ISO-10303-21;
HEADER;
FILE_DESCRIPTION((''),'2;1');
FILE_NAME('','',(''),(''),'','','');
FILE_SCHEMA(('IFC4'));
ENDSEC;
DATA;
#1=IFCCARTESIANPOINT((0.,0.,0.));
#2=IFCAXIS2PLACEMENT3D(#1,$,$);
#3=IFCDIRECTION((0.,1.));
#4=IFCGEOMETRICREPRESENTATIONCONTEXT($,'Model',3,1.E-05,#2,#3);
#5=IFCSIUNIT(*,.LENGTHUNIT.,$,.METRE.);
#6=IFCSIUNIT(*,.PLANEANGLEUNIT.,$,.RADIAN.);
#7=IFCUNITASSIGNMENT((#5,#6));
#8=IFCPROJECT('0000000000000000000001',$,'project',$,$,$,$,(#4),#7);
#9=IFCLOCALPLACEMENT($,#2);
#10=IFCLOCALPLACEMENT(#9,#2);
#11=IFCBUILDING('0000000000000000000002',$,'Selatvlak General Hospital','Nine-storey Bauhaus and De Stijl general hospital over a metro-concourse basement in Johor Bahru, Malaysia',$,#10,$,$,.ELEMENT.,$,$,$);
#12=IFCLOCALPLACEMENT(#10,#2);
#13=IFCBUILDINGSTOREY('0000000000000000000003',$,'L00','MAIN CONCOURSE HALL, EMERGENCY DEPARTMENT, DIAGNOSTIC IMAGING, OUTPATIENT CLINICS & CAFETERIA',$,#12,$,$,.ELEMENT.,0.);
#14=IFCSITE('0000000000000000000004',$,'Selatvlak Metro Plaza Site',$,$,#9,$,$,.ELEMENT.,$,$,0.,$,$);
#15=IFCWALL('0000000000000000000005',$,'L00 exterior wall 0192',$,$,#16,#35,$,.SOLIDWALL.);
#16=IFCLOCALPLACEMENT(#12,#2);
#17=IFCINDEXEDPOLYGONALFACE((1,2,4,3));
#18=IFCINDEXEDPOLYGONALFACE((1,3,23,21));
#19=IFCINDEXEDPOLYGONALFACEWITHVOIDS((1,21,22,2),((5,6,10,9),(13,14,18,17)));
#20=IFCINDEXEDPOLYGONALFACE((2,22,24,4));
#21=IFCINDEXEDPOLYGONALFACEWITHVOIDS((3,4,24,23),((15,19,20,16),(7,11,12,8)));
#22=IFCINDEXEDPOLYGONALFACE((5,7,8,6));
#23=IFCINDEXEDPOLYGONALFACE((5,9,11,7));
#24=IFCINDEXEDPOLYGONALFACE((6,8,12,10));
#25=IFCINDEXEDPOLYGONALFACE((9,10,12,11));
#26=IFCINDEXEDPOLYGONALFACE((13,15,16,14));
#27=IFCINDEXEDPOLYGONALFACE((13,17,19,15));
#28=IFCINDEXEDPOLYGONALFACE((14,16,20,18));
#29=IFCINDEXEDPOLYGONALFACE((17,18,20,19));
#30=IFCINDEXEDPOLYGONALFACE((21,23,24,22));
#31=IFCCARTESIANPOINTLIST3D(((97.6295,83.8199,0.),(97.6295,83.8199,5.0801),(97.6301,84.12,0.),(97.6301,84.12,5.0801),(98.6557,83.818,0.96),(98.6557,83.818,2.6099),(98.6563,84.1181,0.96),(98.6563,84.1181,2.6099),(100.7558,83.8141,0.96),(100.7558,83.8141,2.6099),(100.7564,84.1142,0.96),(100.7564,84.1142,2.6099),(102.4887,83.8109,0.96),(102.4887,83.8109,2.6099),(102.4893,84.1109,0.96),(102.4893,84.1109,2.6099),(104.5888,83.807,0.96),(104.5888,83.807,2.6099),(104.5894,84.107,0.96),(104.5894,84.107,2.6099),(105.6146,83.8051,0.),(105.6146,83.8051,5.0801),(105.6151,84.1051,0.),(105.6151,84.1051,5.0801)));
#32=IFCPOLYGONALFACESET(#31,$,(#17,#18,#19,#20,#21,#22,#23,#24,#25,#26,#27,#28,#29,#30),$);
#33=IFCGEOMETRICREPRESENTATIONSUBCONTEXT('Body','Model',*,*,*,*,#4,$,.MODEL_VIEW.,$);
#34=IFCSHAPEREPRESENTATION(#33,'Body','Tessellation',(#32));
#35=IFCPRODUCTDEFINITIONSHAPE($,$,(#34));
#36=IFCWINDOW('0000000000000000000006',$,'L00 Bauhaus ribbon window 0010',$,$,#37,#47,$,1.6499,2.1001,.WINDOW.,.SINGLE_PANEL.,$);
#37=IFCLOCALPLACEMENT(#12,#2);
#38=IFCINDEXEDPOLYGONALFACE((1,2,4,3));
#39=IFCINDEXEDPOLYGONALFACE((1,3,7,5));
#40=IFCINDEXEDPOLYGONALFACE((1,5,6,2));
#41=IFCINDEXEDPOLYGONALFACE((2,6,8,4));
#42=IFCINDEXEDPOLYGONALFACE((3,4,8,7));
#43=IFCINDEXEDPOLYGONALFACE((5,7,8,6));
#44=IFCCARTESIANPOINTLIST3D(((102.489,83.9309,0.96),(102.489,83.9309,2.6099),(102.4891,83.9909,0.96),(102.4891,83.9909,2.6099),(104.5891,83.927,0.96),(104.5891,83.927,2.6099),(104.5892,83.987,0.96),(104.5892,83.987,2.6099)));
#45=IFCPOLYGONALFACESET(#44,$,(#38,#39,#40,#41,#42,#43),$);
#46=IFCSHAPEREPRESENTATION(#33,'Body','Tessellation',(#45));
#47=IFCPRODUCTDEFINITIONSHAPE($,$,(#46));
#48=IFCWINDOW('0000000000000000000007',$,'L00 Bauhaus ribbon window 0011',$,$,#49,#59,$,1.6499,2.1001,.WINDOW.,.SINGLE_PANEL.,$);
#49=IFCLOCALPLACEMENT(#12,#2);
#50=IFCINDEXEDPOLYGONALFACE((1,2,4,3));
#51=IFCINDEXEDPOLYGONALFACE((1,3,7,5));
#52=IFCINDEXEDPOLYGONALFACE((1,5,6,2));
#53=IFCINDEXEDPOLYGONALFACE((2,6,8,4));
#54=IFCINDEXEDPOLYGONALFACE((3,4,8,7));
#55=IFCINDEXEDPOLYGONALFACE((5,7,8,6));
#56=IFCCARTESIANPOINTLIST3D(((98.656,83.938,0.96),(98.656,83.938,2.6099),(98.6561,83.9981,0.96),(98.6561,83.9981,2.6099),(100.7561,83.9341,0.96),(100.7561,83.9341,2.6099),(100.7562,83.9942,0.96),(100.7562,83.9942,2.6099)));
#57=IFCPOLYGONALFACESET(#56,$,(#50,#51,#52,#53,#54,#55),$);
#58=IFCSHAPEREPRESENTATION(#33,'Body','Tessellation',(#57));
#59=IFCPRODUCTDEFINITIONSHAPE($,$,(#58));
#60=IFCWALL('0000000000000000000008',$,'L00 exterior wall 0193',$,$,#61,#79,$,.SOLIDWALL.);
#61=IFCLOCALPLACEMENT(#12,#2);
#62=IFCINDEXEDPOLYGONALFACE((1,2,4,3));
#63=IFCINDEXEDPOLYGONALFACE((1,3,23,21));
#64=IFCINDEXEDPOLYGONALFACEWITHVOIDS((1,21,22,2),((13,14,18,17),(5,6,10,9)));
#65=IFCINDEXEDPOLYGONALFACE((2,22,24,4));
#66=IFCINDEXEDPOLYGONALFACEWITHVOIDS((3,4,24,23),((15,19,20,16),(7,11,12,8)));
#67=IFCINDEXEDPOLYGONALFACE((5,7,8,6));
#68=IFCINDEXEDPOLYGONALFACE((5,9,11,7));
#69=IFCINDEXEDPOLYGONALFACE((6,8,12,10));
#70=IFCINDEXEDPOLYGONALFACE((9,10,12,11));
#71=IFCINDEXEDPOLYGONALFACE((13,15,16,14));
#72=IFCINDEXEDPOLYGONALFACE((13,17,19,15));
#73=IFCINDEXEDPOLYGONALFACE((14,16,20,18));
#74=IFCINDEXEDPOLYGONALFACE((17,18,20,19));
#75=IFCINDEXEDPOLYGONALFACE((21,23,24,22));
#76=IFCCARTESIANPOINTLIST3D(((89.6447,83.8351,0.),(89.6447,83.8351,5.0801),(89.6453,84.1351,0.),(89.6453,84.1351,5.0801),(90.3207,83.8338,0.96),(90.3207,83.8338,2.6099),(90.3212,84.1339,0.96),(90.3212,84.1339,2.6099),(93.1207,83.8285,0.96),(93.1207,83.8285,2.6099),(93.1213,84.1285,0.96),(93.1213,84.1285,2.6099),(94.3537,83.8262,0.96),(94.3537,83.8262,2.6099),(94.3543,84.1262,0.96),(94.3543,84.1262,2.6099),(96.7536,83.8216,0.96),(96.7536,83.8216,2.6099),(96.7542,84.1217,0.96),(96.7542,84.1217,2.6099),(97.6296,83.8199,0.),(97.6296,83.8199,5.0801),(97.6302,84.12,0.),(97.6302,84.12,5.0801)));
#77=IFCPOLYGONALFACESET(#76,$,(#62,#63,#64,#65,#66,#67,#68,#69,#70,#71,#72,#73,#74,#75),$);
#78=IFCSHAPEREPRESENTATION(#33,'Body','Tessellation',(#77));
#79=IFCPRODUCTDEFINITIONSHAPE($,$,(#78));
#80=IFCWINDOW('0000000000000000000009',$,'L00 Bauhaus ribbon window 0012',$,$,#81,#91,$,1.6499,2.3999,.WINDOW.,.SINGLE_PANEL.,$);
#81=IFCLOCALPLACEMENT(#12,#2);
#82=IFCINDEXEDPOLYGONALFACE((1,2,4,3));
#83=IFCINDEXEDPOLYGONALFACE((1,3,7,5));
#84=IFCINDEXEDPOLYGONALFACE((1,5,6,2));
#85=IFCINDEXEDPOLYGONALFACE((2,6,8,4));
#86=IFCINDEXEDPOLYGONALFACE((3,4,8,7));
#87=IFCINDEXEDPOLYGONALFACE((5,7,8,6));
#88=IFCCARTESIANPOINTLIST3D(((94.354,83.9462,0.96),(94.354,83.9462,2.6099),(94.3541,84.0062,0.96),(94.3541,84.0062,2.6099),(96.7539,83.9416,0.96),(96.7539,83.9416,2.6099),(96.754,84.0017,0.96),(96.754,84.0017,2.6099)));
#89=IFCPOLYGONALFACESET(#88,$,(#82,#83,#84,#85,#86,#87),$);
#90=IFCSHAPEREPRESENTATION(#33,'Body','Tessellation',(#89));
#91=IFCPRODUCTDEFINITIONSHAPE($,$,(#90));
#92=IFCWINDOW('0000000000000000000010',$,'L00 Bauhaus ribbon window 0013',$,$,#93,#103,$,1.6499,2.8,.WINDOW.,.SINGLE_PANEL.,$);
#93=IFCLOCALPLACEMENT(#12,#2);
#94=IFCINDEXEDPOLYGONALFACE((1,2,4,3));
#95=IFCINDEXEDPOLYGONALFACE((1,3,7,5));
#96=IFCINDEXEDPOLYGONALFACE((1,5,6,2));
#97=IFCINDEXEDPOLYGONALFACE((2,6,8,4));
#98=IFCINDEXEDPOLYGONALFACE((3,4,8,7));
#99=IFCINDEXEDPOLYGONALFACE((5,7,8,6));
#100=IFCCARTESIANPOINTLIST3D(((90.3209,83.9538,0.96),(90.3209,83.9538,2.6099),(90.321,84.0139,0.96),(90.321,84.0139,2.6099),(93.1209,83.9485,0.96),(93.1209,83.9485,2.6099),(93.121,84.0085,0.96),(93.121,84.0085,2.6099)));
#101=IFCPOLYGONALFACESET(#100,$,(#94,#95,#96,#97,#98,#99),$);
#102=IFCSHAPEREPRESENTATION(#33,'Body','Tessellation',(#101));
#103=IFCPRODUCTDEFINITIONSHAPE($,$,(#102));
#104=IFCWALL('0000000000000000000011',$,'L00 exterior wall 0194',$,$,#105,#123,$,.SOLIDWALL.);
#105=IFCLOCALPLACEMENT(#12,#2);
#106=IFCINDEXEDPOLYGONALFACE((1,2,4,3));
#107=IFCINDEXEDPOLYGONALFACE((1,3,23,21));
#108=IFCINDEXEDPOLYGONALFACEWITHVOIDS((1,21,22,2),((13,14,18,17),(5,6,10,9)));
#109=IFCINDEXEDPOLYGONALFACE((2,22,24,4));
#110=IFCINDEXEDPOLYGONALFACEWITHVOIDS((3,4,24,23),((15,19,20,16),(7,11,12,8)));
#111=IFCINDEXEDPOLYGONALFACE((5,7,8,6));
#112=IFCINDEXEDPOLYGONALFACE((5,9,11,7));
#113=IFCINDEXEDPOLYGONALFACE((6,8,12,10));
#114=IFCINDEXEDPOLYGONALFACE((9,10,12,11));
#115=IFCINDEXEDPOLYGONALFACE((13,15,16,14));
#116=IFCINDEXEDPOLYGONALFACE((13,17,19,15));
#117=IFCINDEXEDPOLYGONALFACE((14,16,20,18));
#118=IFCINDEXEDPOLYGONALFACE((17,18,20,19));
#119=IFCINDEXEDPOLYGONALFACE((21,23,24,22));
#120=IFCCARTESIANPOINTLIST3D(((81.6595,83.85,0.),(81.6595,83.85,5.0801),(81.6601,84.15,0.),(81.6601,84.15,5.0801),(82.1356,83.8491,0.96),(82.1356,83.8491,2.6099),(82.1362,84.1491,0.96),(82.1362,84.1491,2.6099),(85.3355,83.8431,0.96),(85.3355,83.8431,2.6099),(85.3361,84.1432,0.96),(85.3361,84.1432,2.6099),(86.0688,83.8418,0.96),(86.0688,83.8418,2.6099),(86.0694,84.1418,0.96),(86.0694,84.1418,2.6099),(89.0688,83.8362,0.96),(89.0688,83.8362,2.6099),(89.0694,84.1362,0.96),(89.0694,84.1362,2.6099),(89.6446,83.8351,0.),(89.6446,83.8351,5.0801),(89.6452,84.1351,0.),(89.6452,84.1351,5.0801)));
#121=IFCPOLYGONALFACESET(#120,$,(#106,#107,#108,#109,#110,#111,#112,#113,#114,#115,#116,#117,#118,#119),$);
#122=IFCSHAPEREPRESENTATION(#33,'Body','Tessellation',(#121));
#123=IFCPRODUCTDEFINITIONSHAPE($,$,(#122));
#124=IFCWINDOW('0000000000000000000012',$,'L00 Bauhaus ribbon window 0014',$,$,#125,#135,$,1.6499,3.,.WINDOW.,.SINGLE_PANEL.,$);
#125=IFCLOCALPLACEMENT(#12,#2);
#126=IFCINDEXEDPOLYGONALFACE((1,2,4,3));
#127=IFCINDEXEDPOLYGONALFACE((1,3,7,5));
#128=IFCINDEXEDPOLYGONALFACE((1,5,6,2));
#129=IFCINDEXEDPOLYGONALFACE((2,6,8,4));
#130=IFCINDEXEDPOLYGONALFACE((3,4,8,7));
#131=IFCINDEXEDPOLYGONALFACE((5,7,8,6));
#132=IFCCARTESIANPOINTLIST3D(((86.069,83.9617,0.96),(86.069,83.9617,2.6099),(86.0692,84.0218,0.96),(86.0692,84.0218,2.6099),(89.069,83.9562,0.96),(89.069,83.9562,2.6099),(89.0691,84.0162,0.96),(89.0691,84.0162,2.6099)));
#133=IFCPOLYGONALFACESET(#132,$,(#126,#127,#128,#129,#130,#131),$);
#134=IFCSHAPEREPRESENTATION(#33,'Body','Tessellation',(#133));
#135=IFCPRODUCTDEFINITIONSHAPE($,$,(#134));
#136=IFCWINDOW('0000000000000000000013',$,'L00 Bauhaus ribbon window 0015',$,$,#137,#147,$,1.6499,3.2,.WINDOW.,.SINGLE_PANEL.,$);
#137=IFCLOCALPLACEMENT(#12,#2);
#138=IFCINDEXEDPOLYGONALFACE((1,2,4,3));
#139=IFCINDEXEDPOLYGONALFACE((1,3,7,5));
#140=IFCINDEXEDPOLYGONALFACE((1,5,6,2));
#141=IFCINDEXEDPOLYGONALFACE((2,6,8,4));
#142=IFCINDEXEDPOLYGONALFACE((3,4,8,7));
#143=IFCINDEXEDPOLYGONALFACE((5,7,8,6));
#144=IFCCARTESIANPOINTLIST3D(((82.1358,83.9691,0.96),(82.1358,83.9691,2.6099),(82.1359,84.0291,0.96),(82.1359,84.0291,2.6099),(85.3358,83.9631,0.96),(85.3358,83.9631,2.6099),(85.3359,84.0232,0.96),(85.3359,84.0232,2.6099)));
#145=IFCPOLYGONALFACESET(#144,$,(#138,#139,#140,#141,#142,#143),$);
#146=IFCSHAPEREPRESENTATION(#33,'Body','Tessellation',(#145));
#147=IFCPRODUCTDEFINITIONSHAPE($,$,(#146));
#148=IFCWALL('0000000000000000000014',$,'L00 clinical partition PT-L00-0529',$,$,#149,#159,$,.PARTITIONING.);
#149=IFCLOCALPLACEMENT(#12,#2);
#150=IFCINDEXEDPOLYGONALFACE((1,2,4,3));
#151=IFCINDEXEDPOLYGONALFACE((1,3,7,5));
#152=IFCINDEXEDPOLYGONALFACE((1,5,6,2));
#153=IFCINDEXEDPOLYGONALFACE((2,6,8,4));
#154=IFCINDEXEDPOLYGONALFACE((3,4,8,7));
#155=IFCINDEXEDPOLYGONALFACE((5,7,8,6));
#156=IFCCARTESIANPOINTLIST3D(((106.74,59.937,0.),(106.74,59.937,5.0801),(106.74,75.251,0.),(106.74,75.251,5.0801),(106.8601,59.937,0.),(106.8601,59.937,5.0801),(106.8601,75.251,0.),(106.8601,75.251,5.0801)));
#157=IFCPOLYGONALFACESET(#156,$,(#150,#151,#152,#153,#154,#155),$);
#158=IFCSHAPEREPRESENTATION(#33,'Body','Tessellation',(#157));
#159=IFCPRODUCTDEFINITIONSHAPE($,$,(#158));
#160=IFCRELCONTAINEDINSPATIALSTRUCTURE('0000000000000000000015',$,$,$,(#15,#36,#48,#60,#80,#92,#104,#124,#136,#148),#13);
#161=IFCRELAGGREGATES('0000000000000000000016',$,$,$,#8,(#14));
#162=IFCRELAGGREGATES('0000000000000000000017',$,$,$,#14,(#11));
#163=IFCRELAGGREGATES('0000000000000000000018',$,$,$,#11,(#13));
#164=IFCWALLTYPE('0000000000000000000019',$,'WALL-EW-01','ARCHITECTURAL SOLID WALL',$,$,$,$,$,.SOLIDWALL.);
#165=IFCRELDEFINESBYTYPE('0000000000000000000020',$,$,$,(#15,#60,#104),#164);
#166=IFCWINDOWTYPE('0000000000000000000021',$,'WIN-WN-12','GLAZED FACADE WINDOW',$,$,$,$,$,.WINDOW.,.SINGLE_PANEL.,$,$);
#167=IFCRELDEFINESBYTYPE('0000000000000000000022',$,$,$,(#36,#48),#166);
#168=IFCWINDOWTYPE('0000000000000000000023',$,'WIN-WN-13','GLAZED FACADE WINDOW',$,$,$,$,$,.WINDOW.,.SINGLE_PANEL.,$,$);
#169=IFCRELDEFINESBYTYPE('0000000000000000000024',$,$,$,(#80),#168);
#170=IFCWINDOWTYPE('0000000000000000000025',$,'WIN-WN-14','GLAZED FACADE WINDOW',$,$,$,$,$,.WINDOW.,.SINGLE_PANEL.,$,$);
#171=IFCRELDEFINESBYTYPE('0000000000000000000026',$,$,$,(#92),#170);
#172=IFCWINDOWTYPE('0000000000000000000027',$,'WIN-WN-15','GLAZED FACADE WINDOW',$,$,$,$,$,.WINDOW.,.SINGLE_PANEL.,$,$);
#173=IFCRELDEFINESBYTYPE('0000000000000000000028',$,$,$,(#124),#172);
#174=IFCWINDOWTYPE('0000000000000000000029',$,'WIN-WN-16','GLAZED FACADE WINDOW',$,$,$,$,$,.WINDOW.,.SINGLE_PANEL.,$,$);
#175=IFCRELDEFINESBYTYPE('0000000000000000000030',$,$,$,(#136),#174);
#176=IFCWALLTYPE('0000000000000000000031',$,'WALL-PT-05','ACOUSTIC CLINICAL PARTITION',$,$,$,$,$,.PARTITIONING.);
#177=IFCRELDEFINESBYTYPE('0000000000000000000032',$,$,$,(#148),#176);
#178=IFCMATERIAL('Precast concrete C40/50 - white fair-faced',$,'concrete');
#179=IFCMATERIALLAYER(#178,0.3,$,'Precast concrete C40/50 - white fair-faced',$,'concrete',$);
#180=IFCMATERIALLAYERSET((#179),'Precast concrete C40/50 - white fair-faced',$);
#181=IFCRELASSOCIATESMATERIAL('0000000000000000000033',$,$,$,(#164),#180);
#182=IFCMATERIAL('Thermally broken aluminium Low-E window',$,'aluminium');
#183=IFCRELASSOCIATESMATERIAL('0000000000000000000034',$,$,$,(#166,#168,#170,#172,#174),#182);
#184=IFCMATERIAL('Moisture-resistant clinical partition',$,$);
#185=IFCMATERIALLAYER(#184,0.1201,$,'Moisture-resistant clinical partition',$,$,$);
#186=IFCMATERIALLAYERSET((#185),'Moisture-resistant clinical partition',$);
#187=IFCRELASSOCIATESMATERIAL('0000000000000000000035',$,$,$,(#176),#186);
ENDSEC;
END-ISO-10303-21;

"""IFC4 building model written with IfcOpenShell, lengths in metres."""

from ifc_helpers import new_model, si_unit, direction, frame, frame_2d, origin, place, context, subcontext, project, spatial, rectangle, extrude, material, layer, layer_set, type_object, element, fill, save


model = new_model("IFC4")

# Units and contexts
model_context = context("Model", 3, precision=1e-05, world=origin(), true_north=direction((0.0, 1.0)))
body_context = subcontext(model_context, "Body", "Model", "MODEL_VIEW")
ifc_project = project(units=[si_unit("LENGTHUNIT", "METRE"), si_unit("PLANEANGLEUNIT", "RADIAN")], contexts=[model_context])

# Site, building, storey
site_placement = place(None, origin())
site = spatial("IfcSite", under=ifc_project, at=site_placement, Name="Selatvlak Metro Plaza Site", CompositionType="ELEMENT", RefElevation=0.0)
building_placement = place(site_placement, origin())
building = spatial("IfcBuilding", under=site, at=building_placement, Name="Selatvlak General Hospital", Description="Nine-storey Bauhaus and De Stijl general hospital over a metro-concourse basement in Johor Bahru, Malaysia", CompositionType="ELEMENT")
storey_placement = place(building_placement, origin())
storey = spatial("IfcBuildingStorey", under=building, at=storey_placement, Name="L00", Description="MAIN CONCOURSE HALL, EMERGENCY DEPARTMENT, DIAGNOSTIC IMAGING, OUTPATIENT CLINICS & CAFETERIA", CompositionType="ELEMENT", Elevation=0.0)

# Walls, openings, windows
ifc_material_1 = material(Name="Precast concrete C40/50 - white fair-faced", Category="concrete")
ifc_layer_1 = layer(ifc_material_1, 0.3, Name="Precast concrete C40/50 - white fair-faced", Category="concrete")
ifc_layer_set_1 = layer_set([ifc_layer_1], Name="Precast concrete C40/50 - white fair-faced")
wall_type_1 = type_object("IfcWallType", Name="WALL-EW-01", Description="ARCHITECTURAL SOLID WALL", PredefinedType="SOLIDWALL", material=ifc_layer_set_1)
wall_1_placement = place(storey_placement, frame((105.615, 83.9551, 0.0), z_axis=(0.0, 0.0, 1.0), x_axis=(-0.999998, 0.001865, 0.0)))
wall_1 = element("IfcWall", 1, at=wall_1_placement, inside=storey, type_object=wall_type_1, Name="L00 exterior wall 0192", PredefinedType="SOLIDWALL", context=body_context, shape_type="SweptSolid", body=[
    extrude(rectangle(XDim=7.9851, YDim=0.3, at=frame_2d((3.9927, 0.0))), origin(), (0.0, 0.0, 1.0), 5.0801),
])
opening_1_placement = place(wall_1_placement, frame((1.0259, 0.0, 0.96)))
opening_1 = element("IfcOpeningElement", 2, at=opening_1_placement, cuts=wall_1, PredefinedType="OPENING", context=body_context, shape_type="SweptSolid", body=[
    extrude(rectangle(XDim=2.1001, YDim=1.6499, at=frame_2d((1.05, 0.825))), frame((0.0, 0.1599, 0.0), z_axis=(0.0, -1.0, 0.0), x_axis=(1.0, 0.0, 0.0)), (0.0, 0.0, 1.0), 0.3201),
])
opening_2_placement = place(wall_1_placement, frame((4.8589, 0.0, 0.96)))
opening_2 = element("IfcOpeningElement", 3, at=opening_2_placement, cuts=wall_1, PredefinedType="OPENING", context=body_context, shape_type="SweptSolid", body=[
    extrude(rectangle(XDim=2.1001, YDim=1.6499, at=frame_2d((1.05, 0.825))), frame((0.0, 0.1599, 0.0), z_axis=(0.0, -1.0, 0.0), x_axis=(1.0, 0.0, 0.0)), (0.0, 0.0, 1.0), 0.3201),
])
ifc_material_2 = material(Name="Thermally broken aluminium Low-E window", Category="aluminium")
window_type_1 = type_object("IfcWindowType", Name="WIN-WN-12", Description="GLAZED FACADE WINDOW", PartitioningType="SINGLE_PANEL", PredefinedType="WINDOW", material=ifc_material_2)
window_1_placement = place(opening_1_placement, origin())
window_1 = element("IfcWindow", 4, at=window_1_placement, inside=storey, type_object=window_type_1, Name="L00 Bauhaus ribbon window 0010", OverallHeight=1.6499, OverallWidth=2.1001, PartitioningType="SINGLE_PANEL", PredefinedType="WINDOW", context=body_context, shape_type="SweptSolid", body=[
    extrude(rectangle(XDim=2.1001, YDim=1.6499, at=frame_2d((1.05, 0.825))), frame((0.0, 0.03, 0.0), z_axis=(0.0, -1.0, 0.0), x_axis=(1.0, 0.0, 0.0)), (0.0, 0.0, 1.0), 0.0601),
])
fill(opening_1, window_1)
window_2_placement = place(opening_2_placement, origin())
window_2 = element("IfcWindow", 5, at=window_2_placement, inside=storey, type_object=window_type_1, Name="L00 Bauhaus ribbon window 0011", OverallHeight=1.6499, OverallWidth=2.1001, PartitioningType="SINGLE_PANEL", PredefinedType="WINDOW", context=body_context, shape_type="SweptSolid", body=[
    extrude(rectangle(XDim=2.1001, YDim=1.6499, at=frame_2d((1.05, 0.825))), frame((0.0, 0.03, 0.0), z_axis=(0.0, -1.0, 0.0), x_axis=(1.0, 0.0, 0.0)), (0.0, 0.0, 1.0), 0.0601),
])
fill(opening_2, window_2)
wall_2_placement = place(storey_placement, frame((97.6299, 83.97, 0.0), z_axis=(0.0, 0.0, 1.0), x_axis=(-0.999998, 0.001896, 0.0)))
wall_2 = element("IfcWall", 6, at=wall_2_placement, inside=storey, type_object=wall_type_1, Name="L00 exterior wall 0193", PredefinedType="SOLIDWALL", context=body_context, shape_type="SweptSolid", body=[
    extrude(rectangle(XDim=7.9849, YDim=0.3, at=frame_2d((3.9924, 0.0))), origin(), (0.0, 0.0, 1.0), 5.0801),
])
opening_3_placement = place(wall_2_placement, frame((0.876, 0.0, 0.96)))
opening_3 = element("IfcOpeningElement", 7, at=opening_3_placement, cuts=wall_2, PredefinedType="OPENING", context=body_context, shape_type="SweptSolid", body=[
    extrude(rectangle(XDim=2.3999, YDim=1.6499, at=frame_2d((1.2, 0.825))), frame((0.0, 0.1599, 0.0), z_axis=(0.0, -1.0, 0.0), x_axis=(1.0, 0.0, 0.0)), (0.0, 0.0, 1.0), 0.3201),
])
opening_4_placement = place(wall_2_placement, frame((4.509, 0.0, 0.96)))
opening_4 = element("IfcOpeningElement", 8, at=opening_4_placement, cuts=wall_2, PredefinedType="OPENING", context=body_context, shape_type="SweptSolid", body=[
    extrude(rectangle(XDim=2.8, YDim=1.6499, at=frame_2d((1.3999, 0.825))), frame((0.0, 0.1599, 0.0), z_axis=(0.0, -1.0, 0.0), x_axis=(1.0, 0.0, 0.0)), (0.0, 0.0, 1.0), 0.3201),
])
window_type_2 = type_object("IfcWindowType", Name="WIN-WN-13", Description="GLAZED FACADE WINDOW", PartitioningType="SINGLE_PANEL", PredefinedType="WINDOW", material=ifc_material_2)
window_3_placement = place(opening_3_placement, origin())
window_3 = element("IfcWindow", 9, at=window_3_placement, inside=storey, type_object=window_type_2, Name="L00 Bauhaus ribbon window 0012", OverallHeight=1.6499, OverallWidth=2.3999, PartitioningType="SINGLE_PANEL", PredefinedType="WINDOW", context=body_context, shape_type="SweptSolid", body=[
    extrude(rectangle(XDim=2.3999, YDim=1.6499, at=frame_2d((1.2, 0.825))), frame((0.0, 0.03, 0.0), z_axis=(0.0, -1.0, 0.0), x_axis=(1.0, 0.0, 0.0)), (0.0, 0.0, 1.0), 0.0601),
])
fill(opening_3, window_3)
window_type_3 = type_object("IfcWindowType", Name="WIN-WN-14", Description="GLAZED FACADE WINDOW", PartitioningType="SINGLE_PANEL", PredefinedType="WINDOW", material=ifc_material_2)
window_4_placement = place(opening_4_placement, origin())
window_4 = element("IfcWindow", 10, at=window_4_placement, inside=storey, type_object=window_type_3, Name="L00 Bauhaus ribbon window 0013", OverallHeight=1.6499, OverallWidth=2.8, PartitioningType="SINGLE_PANEL", PredefinedType="WINDOW", context=body_context, shape_type="SweptSolid", body=[
    extrude(rectangle(XDim=2.8, YDim=1.6499, at=frame_2d((1.3999, 0.825))), frame((0.0, 0.03, 0.0), z_axis=(0.0, -1.0, 0.0), x_axis=(1.0, 0.0, 0.0)), (0.0, 0.0, 1.0), 0.0601),
])
fill(opening_4, window_4)
wall_3_placement = place(storey_placement, frame((89.645, 83.9851, 0.0), z_axis=(0.0, 0.0, 1.0), x_axis=(-0.999998, 0.001865, 0.0)))
wall_3 = element("IfcWall", 11, at=wall_3_placement, inside=storey, type_object=wall_type_1, Name="L00 exterior wall 0194", PredefinedType="SOLIDWALL", context=body_context, shape_type="SweptSolid", body=[
    extrude(rectangle(XDim=7.9851, YDim=0.3, at=frame_2d((3.9927, 0.0))), origin(), (0.0, 0.0, 1.0), 5.0801),
])
opening_5_placement = place(wall_3_placement, frame((0.5759, 0.0, 0.96)))
opening_5 = element("IfcOpeningElement", 12, at=opening_5_placement, cuts=wall_3, PredefinedType="OPENING", context=body_context, shape_type="SweptSolid", body=[
    extrude(rectangle(XDim=3.0, YDim=1.6499, at=frame_2d((1.5, 0.825))), frame((0.0, 0.1599, 0.0), z_axis=(0.0, -1.0, 0.0), x_axis=(1.0, 0.0, 0.0)), (0.0, 0.0, 1.0), 0.3201),
])
opening_6_placement = place(wall_3_placement, frame((4.3091, 0.0, 0.96)))
opening_6 = element("IfcOpeningElement", 13, at=opening_6_placement, cuts=wall_3, PredefinedType="OPENING", context=body_context, shape_type="SweptSolid", body=[
    extrude(rectangle(XDim=3.2, YDim=1.6499, at=frame_2d((1.6001, 0.825))), frame((0.0, 0.1599, 0.0), z_axis=(0.0, -1.0, 0.0), x_axis=(1.0, 0.0, 0.0)), (0.0, 0.0, 1.0), 0.3201),
])
window_type_4 = type_object("IfcWindowType", Name="WIN-WN-15", Description="GLAZED FACADE WINDOW", PartitioningType="SINGLE_PANEL", PredefinedType="WINDOW", material=ifc_material_2)
window_5_placement = place(opening_5_placement, origin())
window_5 = element("IfcWindow", 14, at=window_5_placement, inside=storey, type_object=window_type_4, Name="L00 Bauhaus ribbon window 0014", OverallHeight=1.6499, OverallWidth=3.0, PartitioningType="SINGLE_PANEL", PredefinedType="WINDOW", context=body_context, shape_type="SweptSolid", body=[
    extrude(rectangle(XDim=3.0, YDim=1.6499, at=frame_2d((1.5, 0.825))), frame((0.0, 0.03, 0.0), z_axis=(0.0, -1.0, 0.0), x_axis=(1.0, 0.0, 0.0)), (0.0, 0.0, 1.0), 0.0601),
])
fill(opening_5, window_5)
window_type_5 = type_object("IfcWindowType", Name="WIN-WN-16", Description="GLAZED FACADE WINDOW", PartitioningType="SINGLE_PANEL", PredefinedType="WINDOW", material=ifc_material_2)
window_6_placement = place(opening_6_placement, origin())
window_6 = element("IfcWindow", 15, at=window_6_placement, inside=storey, type_object=window_type_5, Name="L00 Bauhaus ribbon window 0015", OverallHeight=1.6499, OverallWidth=3.2, PartitioningType="SINGLE_PANEL", PredefinedType="WINDOW", context=body_context, shape_type="SweptSolid", body=[
    extrude(rectangle(XDim=3.2, YDim=1.6499, at=frame_2d((1.6001, 0.825))), frame((0.0, 0.03, 0.0), z_axis=(0.0, -1.0, 0.0), x_axis=(1.0, 0.0, 0.0)), (0.0, 0.0, 1.0), 0.0601),
])
fill(opening_6, window_6)

# Wall
ifc_material_3 = material(Name="Moisture-resistant clinical partition")
ifc_layer_2 = layer(ifc_material_3, 0.1201, Name="Moisture-resistant clinical partition")
ifc_layer_set_2 = layer_set([ifc_layer_2], Name="Moisture-resistant clinical partition")
wall_type_2 = type_object("IfcWallType", Name="WALL-PT-05", Description="ACOUSTIC CLINICAL PARTITION", PredefinedType="PARTITIONING", material=ifc_layer_set_2)
wall_4_placement = place(storey_placement, frame((106.8, 75.251, 0.0), z_axis=(0.0, 0.0, 1.0), x_axis=(0.0, -1.0, 0.0)))
element("IfcWall", 16, at=wall_4_placement, inside=storey, type_object=wall_type_2, Name="L00 clinical partition PT-L00-0529", PredefinedType="PARTITIONING", context=body_context, shape_type="SweptSolid", body=[
    extrude(rectangle(XDim=15.314, YDim=0.1201, at=frame_2d((7.657, 0.0))), origin(), (0.0, 0.0, 1.0), 5.0801),
])

save(model, "model.ifc")
